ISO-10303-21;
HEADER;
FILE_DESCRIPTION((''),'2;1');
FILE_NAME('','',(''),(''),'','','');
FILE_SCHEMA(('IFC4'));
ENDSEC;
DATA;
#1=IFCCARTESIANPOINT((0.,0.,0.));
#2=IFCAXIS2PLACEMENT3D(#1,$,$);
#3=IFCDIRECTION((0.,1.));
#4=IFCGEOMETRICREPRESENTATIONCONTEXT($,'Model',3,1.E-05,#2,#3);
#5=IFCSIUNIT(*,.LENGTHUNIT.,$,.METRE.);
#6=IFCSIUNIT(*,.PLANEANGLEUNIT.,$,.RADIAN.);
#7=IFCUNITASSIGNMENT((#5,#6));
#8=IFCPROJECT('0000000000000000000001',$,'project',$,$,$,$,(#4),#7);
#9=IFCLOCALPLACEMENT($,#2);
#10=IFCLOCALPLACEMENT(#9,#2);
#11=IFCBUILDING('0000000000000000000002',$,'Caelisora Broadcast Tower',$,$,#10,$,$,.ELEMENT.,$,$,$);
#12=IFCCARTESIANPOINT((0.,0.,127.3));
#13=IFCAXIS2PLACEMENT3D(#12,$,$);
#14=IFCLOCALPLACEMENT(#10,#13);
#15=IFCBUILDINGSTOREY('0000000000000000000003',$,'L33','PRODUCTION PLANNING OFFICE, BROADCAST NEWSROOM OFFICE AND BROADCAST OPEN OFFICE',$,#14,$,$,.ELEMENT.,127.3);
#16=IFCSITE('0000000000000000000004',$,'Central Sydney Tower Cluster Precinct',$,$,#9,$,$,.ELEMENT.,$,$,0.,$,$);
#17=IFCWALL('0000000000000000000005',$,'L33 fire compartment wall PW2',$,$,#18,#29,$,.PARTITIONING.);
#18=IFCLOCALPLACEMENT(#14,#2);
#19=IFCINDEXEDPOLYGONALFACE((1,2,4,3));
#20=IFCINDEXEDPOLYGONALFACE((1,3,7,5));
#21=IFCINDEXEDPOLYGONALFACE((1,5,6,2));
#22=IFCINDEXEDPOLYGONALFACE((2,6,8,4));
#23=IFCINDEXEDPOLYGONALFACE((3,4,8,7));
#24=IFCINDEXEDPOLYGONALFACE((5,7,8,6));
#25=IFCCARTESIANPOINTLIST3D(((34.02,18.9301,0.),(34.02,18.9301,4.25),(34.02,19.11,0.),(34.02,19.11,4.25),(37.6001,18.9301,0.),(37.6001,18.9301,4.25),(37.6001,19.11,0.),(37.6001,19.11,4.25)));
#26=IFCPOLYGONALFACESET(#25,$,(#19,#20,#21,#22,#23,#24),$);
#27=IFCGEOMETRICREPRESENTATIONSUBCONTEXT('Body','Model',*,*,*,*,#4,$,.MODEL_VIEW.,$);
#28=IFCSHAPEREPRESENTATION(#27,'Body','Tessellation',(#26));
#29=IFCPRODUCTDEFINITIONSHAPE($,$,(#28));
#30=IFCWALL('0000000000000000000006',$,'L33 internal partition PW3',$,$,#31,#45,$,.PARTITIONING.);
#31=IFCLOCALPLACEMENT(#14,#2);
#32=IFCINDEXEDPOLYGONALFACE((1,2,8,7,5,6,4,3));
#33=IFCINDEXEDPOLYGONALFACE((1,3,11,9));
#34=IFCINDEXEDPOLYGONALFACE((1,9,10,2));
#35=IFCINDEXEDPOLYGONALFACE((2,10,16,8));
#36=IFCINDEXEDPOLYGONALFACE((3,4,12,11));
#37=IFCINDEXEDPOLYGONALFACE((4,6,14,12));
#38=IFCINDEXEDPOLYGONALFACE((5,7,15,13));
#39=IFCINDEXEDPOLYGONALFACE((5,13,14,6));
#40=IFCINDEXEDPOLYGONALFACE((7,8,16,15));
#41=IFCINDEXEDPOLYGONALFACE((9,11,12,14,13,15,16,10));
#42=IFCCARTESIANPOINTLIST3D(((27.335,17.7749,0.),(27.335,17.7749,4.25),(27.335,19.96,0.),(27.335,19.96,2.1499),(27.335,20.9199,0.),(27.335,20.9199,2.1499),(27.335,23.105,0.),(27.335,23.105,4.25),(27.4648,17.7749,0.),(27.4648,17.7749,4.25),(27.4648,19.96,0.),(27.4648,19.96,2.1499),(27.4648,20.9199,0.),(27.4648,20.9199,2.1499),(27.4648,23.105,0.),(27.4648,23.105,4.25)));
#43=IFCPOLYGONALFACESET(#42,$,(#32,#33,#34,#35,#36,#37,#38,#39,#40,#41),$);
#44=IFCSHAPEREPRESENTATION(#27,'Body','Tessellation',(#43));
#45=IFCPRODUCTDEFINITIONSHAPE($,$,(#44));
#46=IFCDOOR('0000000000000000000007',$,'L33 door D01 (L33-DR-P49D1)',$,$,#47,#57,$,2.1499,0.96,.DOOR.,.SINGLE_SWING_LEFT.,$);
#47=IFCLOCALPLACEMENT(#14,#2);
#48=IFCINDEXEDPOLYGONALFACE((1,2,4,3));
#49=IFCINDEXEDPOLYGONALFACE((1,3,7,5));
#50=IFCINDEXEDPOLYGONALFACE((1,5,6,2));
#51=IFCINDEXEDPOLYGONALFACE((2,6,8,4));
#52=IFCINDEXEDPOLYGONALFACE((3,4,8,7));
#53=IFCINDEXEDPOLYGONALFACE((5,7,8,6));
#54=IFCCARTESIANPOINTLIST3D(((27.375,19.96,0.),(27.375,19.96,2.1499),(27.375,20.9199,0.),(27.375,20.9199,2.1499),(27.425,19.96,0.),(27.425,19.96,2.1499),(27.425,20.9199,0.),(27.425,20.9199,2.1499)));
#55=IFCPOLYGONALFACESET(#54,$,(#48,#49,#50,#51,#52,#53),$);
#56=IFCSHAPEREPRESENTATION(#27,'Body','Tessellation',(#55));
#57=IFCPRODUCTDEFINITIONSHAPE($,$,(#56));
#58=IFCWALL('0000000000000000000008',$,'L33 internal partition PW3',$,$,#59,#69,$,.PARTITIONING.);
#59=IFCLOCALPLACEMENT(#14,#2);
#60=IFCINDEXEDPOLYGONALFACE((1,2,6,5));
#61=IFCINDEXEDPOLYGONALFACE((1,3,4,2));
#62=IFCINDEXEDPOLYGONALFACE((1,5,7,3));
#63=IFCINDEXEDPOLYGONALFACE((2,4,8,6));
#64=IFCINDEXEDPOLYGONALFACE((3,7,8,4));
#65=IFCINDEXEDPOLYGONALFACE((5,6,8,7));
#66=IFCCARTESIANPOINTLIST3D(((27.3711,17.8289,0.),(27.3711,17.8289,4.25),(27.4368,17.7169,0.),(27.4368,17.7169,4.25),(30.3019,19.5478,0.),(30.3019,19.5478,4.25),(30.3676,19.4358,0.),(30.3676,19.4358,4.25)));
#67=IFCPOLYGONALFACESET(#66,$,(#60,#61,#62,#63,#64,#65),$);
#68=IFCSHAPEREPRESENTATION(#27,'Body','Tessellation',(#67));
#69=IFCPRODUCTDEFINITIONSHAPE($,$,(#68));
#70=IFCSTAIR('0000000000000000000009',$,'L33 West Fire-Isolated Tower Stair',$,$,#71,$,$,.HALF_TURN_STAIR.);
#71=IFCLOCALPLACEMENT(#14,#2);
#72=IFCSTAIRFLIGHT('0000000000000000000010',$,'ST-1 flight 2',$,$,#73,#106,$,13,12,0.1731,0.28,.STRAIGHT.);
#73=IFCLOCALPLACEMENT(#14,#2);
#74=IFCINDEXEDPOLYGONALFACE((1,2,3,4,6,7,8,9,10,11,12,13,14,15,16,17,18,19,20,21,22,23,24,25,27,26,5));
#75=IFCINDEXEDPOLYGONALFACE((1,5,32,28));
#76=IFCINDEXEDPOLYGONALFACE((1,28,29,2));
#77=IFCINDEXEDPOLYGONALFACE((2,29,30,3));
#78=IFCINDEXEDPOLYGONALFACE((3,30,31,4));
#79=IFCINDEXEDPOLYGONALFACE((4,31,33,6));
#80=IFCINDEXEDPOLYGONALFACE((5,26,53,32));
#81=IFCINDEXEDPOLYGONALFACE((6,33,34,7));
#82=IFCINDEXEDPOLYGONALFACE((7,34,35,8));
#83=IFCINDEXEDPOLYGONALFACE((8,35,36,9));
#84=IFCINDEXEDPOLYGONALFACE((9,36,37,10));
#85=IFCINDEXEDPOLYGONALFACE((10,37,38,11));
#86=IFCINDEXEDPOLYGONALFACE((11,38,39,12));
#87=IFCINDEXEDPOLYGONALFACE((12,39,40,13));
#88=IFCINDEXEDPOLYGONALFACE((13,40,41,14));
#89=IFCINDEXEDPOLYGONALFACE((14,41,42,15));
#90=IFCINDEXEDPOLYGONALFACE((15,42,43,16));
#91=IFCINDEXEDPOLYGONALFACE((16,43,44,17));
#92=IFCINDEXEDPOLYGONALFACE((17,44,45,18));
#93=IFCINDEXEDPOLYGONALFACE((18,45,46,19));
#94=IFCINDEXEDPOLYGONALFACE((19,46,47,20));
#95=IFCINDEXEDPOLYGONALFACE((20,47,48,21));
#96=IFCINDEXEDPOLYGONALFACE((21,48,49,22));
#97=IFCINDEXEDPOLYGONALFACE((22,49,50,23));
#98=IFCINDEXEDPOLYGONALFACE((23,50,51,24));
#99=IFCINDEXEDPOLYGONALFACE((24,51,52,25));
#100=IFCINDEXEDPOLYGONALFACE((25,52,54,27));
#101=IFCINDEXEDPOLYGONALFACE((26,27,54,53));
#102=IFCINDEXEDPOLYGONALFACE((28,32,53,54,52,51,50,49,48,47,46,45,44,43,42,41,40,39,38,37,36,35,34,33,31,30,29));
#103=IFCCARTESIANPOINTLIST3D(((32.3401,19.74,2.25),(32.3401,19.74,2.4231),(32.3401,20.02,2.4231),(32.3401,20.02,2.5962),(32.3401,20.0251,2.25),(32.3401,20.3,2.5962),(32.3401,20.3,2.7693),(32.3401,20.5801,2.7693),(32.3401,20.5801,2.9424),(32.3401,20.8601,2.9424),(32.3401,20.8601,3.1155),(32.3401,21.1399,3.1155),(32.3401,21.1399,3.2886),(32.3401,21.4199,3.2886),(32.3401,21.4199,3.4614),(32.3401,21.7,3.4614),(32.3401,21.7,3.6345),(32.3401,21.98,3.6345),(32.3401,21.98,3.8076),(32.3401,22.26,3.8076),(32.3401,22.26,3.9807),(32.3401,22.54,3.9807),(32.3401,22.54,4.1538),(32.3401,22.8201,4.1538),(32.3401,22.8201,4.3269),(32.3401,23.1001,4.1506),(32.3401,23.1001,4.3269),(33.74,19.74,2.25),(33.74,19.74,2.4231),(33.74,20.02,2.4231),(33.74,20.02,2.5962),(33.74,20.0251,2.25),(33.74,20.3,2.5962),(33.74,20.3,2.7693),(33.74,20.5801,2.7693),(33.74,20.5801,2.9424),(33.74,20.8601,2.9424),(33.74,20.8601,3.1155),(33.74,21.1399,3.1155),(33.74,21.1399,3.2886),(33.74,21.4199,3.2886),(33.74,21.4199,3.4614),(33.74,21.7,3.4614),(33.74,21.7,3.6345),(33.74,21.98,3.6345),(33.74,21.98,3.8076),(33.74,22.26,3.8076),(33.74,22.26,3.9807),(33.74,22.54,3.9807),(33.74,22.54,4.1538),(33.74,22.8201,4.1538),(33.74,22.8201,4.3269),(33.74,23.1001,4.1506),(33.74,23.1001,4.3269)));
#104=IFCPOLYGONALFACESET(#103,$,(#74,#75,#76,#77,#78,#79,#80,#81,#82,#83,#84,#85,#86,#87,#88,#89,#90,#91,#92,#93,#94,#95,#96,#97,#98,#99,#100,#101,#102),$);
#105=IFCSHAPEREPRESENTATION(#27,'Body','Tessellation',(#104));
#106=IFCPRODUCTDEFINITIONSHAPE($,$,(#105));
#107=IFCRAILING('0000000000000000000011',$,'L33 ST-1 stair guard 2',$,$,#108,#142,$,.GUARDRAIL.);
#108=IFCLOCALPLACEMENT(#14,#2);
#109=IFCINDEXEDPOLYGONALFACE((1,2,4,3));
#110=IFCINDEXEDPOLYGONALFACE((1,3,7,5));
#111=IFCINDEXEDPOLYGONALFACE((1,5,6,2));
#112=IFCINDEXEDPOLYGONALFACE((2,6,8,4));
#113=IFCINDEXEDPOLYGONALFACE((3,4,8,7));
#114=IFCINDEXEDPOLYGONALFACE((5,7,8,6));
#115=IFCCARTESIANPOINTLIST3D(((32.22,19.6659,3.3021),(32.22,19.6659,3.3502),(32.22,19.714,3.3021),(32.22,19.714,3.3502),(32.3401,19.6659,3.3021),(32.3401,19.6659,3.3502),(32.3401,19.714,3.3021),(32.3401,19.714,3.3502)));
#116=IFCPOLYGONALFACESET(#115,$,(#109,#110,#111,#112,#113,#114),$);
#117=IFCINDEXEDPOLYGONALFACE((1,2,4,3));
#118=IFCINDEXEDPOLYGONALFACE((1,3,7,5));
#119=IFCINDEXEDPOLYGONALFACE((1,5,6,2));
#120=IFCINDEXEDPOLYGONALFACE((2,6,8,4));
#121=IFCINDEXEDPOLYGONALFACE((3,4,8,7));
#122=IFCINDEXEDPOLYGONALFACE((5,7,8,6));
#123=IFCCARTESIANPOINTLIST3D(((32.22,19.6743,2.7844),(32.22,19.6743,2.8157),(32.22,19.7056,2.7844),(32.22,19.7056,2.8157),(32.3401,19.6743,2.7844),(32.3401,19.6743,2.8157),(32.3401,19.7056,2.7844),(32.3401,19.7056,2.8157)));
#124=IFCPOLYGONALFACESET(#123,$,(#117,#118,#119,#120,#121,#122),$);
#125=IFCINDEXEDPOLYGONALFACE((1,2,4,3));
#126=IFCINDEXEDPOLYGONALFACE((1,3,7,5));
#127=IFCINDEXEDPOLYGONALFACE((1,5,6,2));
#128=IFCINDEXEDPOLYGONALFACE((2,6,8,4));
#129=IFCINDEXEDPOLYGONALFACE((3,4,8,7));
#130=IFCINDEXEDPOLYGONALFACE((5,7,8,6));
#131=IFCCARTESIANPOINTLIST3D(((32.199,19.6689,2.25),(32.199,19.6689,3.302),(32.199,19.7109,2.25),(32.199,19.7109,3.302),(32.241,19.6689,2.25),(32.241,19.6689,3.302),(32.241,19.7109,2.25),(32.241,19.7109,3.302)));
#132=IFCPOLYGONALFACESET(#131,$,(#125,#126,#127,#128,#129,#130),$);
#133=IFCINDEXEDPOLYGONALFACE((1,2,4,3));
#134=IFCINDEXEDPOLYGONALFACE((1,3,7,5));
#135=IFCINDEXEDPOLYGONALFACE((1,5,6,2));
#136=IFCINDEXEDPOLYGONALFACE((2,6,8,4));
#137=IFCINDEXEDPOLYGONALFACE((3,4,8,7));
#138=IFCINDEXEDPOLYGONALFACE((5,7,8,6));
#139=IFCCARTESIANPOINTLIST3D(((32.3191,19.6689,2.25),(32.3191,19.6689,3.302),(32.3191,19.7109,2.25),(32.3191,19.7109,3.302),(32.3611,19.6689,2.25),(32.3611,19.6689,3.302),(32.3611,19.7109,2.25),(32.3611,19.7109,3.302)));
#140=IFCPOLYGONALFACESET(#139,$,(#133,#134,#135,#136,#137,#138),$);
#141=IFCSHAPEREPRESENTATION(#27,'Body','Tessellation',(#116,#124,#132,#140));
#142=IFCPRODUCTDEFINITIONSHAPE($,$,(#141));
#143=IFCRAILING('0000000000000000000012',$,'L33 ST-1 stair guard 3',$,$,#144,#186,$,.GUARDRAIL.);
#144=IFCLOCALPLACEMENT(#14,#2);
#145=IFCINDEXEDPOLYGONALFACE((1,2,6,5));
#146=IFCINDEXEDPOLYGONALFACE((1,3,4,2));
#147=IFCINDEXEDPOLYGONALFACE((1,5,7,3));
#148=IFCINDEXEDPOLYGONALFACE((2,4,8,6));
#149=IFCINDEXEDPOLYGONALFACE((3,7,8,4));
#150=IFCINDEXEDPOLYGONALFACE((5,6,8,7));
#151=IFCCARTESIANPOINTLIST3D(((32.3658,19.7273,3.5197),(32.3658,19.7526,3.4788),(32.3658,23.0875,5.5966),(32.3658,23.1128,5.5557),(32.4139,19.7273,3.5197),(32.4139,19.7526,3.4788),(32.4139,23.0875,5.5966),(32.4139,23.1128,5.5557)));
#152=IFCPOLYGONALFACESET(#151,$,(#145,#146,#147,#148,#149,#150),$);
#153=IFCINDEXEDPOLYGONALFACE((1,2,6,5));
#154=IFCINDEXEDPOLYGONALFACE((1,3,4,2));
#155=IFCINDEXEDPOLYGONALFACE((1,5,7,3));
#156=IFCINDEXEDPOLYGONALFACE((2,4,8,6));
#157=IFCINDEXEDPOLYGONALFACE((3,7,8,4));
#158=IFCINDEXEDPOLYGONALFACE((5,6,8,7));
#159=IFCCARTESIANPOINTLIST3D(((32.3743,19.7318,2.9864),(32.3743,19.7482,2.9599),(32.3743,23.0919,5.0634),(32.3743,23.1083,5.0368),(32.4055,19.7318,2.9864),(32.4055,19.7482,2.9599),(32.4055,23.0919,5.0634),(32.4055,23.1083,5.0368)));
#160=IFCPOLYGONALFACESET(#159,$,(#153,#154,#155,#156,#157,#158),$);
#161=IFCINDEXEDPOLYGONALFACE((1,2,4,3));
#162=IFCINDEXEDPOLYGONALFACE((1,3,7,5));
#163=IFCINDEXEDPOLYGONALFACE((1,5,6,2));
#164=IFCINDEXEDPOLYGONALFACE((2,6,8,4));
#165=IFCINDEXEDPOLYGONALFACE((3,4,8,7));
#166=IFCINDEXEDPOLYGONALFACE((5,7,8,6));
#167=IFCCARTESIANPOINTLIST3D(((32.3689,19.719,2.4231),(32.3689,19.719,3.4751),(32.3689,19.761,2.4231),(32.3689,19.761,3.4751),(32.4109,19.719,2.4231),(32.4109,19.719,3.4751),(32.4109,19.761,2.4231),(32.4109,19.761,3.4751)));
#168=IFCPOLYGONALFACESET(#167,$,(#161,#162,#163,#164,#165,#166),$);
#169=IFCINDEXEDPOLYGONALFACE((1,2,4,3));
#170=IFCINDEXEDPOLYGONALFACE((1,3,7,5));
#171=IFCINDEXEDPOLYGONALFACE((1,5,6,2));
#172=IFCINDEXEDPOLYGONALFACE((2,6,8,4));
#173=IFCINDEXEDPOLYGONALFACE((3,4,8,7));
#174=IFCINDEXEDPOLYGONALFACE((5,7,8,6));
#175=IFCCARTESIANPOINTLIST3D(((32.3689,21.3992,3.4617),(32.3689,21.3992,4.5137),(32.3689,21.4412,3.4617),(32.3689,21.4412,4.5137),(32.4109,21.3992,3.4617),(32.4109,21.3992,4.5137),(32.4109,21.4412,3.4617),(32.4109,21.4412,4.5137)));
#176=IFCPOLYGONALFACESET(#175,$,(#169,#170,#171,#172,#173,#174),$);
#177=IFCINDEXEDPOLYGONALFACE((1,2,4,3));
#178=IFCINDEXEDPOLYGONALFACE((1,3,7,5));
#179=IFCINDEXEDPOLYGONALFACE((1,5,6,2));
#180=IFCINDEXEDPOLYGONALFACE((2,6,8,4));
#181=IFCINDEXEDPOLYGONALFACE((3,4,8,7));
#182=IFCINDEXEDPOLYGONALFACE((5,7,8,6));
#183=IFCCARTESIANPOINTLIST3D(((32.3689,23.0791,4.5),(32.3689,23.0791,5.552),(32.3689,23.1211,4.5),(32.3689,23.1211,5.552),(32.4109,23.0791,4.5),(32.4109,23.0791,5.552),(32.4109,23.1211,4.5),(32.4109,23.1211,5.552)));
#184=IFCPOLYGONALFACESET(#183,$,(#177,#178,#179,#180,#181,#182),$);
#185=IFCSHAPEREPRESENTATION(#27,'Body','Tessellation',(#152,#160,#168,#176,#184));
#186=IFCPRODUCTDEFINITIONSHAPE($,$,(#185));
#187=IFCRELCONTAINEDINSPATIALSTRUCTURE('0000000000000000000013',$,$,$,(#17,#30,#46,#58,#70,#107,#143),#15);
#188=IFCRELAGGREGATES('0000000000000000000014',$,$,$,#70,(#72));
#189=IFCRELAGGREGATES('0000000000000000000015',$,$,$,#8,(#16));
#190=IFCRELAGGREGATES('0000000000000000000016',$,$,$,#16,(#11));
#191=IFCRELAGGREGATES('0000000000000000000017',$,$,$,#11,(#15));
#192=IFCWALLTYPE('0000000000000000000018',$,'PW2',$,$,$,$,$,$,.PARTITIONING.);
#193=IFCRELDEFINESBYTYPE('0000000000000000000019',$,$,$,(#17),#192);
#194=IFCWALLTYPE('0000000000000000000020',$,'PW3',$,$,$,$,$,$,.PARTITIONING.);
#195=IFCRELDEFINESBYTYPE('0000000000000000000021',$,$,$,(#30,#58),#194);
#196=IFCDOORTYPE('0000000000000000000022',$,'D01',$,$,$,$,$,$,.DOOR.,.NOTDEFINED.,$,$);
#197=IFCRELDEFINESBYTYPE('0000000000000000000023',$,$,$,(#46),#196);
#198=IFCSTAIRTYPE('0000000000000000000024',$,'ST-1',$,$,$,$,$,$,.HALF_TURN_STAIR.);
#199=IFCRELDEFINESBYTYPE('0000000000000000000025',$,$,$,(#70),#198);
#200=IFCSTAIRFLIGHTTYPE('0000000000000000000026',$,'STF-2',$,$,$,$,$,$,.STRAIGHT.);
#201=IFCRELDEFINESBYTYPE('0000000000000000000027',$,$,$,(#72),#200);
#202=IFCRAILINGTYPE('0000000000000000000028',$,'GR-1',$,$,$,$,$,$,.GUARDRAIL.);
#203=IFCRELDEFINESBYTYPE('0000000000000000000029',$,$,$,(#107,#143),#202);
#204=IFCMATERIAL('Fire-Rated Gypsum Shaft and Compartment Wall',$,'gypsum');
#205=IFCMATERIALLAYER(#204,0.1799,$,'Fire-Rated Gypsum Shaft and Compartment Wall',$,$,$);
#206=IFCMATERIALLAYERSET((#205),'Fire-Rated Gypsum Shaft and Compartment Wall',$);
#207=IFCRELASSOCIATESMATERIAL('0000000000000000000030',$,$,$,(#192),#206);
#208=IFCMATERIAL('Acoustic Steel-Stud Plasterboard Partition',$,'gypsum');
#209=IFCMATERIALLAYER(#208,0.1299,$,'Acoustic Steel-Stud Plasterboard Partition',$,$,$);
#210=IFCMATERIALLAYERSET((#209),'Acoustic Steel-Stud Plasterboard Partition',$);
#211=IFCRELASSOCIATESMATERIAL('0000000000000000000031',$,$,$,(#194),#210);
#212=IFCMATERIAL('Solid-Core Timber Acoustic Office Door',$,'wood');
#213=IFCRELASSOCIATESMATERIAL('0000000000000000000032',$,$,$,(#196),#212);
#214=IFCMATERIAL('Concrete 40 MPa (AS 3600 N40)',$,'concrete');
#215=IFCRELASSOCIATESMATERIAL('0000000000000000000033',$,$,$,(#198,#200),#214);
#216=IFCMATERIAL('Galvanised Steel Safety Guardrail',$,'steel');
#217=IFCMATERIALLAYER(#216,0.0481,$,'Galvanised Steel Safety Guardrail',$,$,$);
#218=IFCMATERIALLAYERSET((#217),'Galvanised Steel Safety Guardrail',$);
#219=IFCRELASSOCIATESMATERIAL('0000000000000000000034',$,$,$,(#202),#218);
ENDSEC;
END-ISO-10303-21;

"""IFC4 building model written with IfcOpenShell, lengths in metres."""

from ifc_helpers import new_model, si_unit, direction, frame, frame_2d, origin, origin_2d, place, context, subcontext, project, spatial, polyline, rectangle, outline, extrude, material, layer, layer_set, type_object, element, fill, aggregate, save


model = new_model("IFC4")

# Units and contexts
model_context = context("Model", 3, precision=1e-05, world=origin(), true_north=direction((0.0, 1.0)))
body_context = subcontext(model_context, "Body", "Model", "MODEL_VIEW")
ifc_project = project(units=[si_unit("LENGTHUNIT", "METRE"), si_unit("PLANEANGLEUNIT", "RADIAN")], contexts=[model_context])

# Site, building, storey
site_placement = place(None, origin())
site = spatial("IfcSite", under=ifc_project, at=site_placement, Name="Central Sydney Tower Cluster Precinct", CompositionType="ELEMENT", RefElevation=0.0)
building_placement = place(site_placement, origin())
building = spatial("IfcBuilding", under=site, at=building_placement, Name="Caelisora Broadcast Tower", CompositionType="ELEMENT")
storey_placement = place(building_placement, frame((0.0, 0.0, 127.3)))
storey = spatial("IfcBuildingStorey", under=building, at=storey_placement, Name="L33", Description="PRODUCTION PLANNING OFFICE, BROADCAST NEWSROOM OFFICE AND BROADCAST OPEN OFFICE", CompositionType="ELEMENT", Elevation=127.3)

# Shared definitions
ifc_material_1 = material(Name="Fire-Rated Gypsum Shaft and Compartment Wall", Category="gypsum")
ifc_layer_1 = layer(ifc_material_1, 0.1799, Name="Fire-Rated Gypsum Shaft and Compartment Wall")
ifc_layer_set_1 = layer_set([ifc_layer_1], Name="Fire-Rated Gypsum Shaft and Compartment Wall")
wall_type_1 = type_object("IfcWallType", Name="PW2", PredefinedType="PARTITIONING", material=ifc_layer_set_1)

# Wall
wall_1_placement = place(storey_placement, frame((34.02, 19.02, 0.0), z_axis=(0.0, 0.0, 1.0), x_axis=(1.0, 0.0, 0.0)))
element("IfcWall", 1, at=wall_1_placement, inside=storey, type_object=wall_type_1, Name="L33 fire compartment wall PW2", PredefinedType="PARTITIONING", context=body_context, shape_type="SweptSolid", body=[
    extrude(rectangle(XDim=3.5801, YDim=0.1799, at=frame_2d((1.79, 0.0))), origin(), (0.0, 0.0, 1.0), 4.25),
])

# Wall, opening, door
ifc_material_2 = material(Name="Acoustic Steel-Stud Plasterboard Partition", Category="gypsum")
ifc_layer_2 = layer(ifc_material_2, 0.1299, Name="Acoustic Steel-Stud Plasterboard Partition")
ifc_layer_set_2 = layer_set([ifc_layer_2], Name="Acoustic Steel-Stud Plasterboard Partition")
wall_type_2 = type_object("IfcWallType", Name="PW3", PredefinedType="PARTITIONING", material=ifc_layer_set_2)
wall_2_placement = place(storey_placement, frame((27.3999, 17.7749, 0.0), z_axis=(0.0, 0.0, 1.0), x_axis=(0.0, 1.0, 0.0)))
wall_2 = element("IfcWall", 2, at=wall_2_placement, inside=storey, type_object=wall_type_2, Name="L33 internal partition PW3", PredefinedType="PARTITIONING", context=body_context, shape_type="SweptSolid", body=[
    extrude(rectangle(XDim=5.3301, YDim=0.1299, at=frame_2d((2.665, 0.0))), origin(), (0.0, 0.0, 1.0), 4.25),
])
opening_1_placement = place(wall_2_placement, frame((2.1851, 0.0, 0.0)))
opening_1 = element("IfcOpeningElement", 3, at=opening_1_placement, cuts=wall_2, PredefinedType="OPENING", context=body_context, shape_type="SweptSolid", body=[
    extrude(rectangle(XDim=0.96, YDim=2.1499, at=frame_2d((0.48, 1.075))), frame((0.0, 0.0769, 0.0), z_axis=(0.0, -1.0, 0.0), x_axis=(1.0, 0.0, 0.0)), (0.0, 0.0, 1.0), 0.1538),
])
ifc_material_3 = material(Name="Solid-Core Timber Acoustic Office Door", Category="wood")
door_type_1 = type_object("IfcDoorType", Name="D01", OperationType="NOTDEFINED", PredefinedType="DOOR", material=ifc_material_3)
door_1_placement = place(opening_1_placement, origin())
door_1 = element("IfcDoor", 4, at=door_1_placement, inside=storey, type_object=door_type_1, Name="L33 door D01 (L33-DR-P49D1)", OperationType="SINGLE_SWING_LEFT", OverallHeight=2.1499, OverallWidth=0.96, PredefinedType="DOOR", context=body_context, shape_type="SweptSolid", body=[
    extrude(rectangle(XDim=0.96, YDim=2.1499, at=frame_2d((0.48, 1.075))), frame((0.0, 0.0249, 0.0), z_axis=(0.0, -1.0, 0.0), x_axis=(1.0, 0.0, 0.0)), (0.0, 0.0, 1.0), 0.05),
])
fill(opening_1, door_1)

# Wall
wall_3_placement = place(storey_placement, frame((27.4041, 17.7729, 0.0), z_axis=(0.0, 0.0, 1.0), x_axis=(0.862586, 0.505911, 0.0)))
element("IfcWall", 5, at=wall_3_placement, inside=storey, type_object=wall_type_2, Name="L33 internal partition PW3", PredefinedType="PARTITIONING", context=body_context, shape_type="SweptSolid", body=[
    extrude(rectangle(XDim=3.3977, YDim=0.1299, at=frame_2d((1.6987, 0.0))), origin(), (0.0, 0.0, 1.0), 4.25),
])

# Stair, stair flight
ifc_material_4 = material(Name="Concrete 40 MPa (AS 3600 N40)", Category="concrete")
stair_type = type_object("IfcStairType", Name="ST-1", PredefinedType="HALF_TURN_STAIR", material=ifc_material_4)
stair_placement = place(storey_placement, origin())
stair = element("IfcStair", 6, at=stair_placement, inside=storey, type_object=stair_type, Name="L33 West Fire-Isolated Tower Stair", PredefinedType="HALF_TURN_STAIR")
stair_flight_type = type_object("IfcStairFlightType", Name="STF-2", PredefinedType="STRAIGHT", material=ifc_material_4)
stair_flight_placement = place(storey_placement, frame((33.04, 19.74, 2.25), z_axis=(0.0, 0.0, 1.0), x_axis=(0.0, 1.0, 0.0)))
stair_flight = element("IfcStairFlight", 7, at=stair_flight_placement, type_object=stair_flight_type, Name="ST-1 flight 2", NumberOfRisers=13, NumberOfTreads=12, PredefinedType="STRAIGHT", RiserHeight=0.1731, TreadLength=0.28, context=body_context, shape_type="SweptSolid", body=[
    extrude(outline(polyline([(0.0, 0.0), (0.0, 0.1731), (0.28, 0.1731), (0.28, 0.3462), (0.5601, 0.3462), (0.5601, 0.5193), (0.8401, 0.5193), (0.8401, 0.6924), (1.1201, 0.6924), (1.1201, 0.8655), (1.3999, 0.8655), (1.3999, 1.0386), (1.6799, 1.0386), (1.6799, 1.2114), (1.96, 1.2114), (1.96, 1.3845), (2.24, 1.3845), (2.24, 1.5576), (2.52, 1.5576), (2.52, 1.7307), (2.8, 1.7307), (2.8, 1.9038), (3.0801, 1.9038), (3.0801, 2.0769), (3.3601, 2.0769), (3.3601, 2.25), (3.3601, 1.9006), (0.2852, 0.0), (0.0, 0.0)])), frame((0.0, 0.7, 0.0), z_axis=(0.0, -1.0, 0.0), x_axis=(1.0, 0.0, 0.0)), (0.0, 0.0, 1.0), 1.3999),
])
aggregate(stair, [stair_flight])

# Railings
ifc_material_5 = material(Name="Galvanised Steel Safety Guardrail", Category="steel")
ifc_layer_3 = layer(ifc_material_5, 0.0481, Name="Galvanised Steel Safety Guardrail")
ifc_layer_set_3 = layer_set([ifc_layer_3], Name="Galvanised Steel Safety Guardrail")
railing_type_1 = type_object("IfcRailingType", Name="GR-1", PredefinedType="GUARDRAIL", material=ifc_layer_set_3)
railing_1_placement = place(storey_placement, frame((32.22, 19.6899, 2.25)))
element("IfcRailing", 8, at=railing_1_placement, inside=storey, type_object=railing_type_1, Name="L33 ST-1 stair guard 2", PredefinedType="GUARDRAIL", context=body_context, shape_type="SweptSolid", body=[
    extrude(rectangle(XDim=0.0481, YDim=0.0481, at=origin_2d()), frame((0.0, 0.0, 1.0762), z_axis=(1.0, 0.0, 0.0), x_axis=(0.0, 1.0, 0.0)), (0.0, 0.0, 1.0), 0.1201),
    extrude(rectangle(XDim=0.0312, YDim=0.0312, at=origin_2d()), frame((0.0, 0.0, 0.55), z_axis=(1.0, 0.0, 0.0), x_axis=(0.0, 1.0, 0.0)), (0.0, 0.0, 1.0), 0.1201),
    extrude(rectangle(XDim=0.042, YDim=0.042, at=origin_2d()), origin(), (0.0, 0.0, 1.0), 1.052),
    extrude(rectangle(XDim=0.042, YDim=0.042, at=origin_2d()), frame((0.1201, 0.0, 0.0)), (0.0, 0.0, 1.0), 1.052),
])
railing_2_placement = place(storey_placement, frame((32.3899, 19.74, 2.4231)))
element("IfcRailing", 9, at=railing_2_placement, inside=storey, type_object=railing_type_1, Name="L33 ST-1 stair guard 3", PredefinedType="GUARDRAIL", context=body_context, shape_type="SweptSolid", body=[
    extrude(rectangle(XDim=0.0481, YDim=0.0481, at=origin_2d()), frame((0.0, 0.0, 1.0762), z_axis=(0.0, 0.850623, 0.525776), x_axis=(-1.0, 0.0, 0.0)), (0.0, 0.0, 1.0), 3.9502),
    extrude(rectangle(XDim=0.0312, YDim=0.0312, at=origin_2d()), frame((0.0, 0.0, 0.55), z_axis=(0.0, 0.850623, 0.525776), x_axis=(-1.0, 0.0, 0.0)), (0.0, 0.0, 1.0), 3.9502),
    extrude(rectangle(XDim=0.042, YDim=0.042, at=origin_2d()), origin(), (0.0, 0.0, 1.0), 1.052),
    extrude(rectangle(XDim=0.042, YDim=0.042, at=origin_2d()), frame((0.0, 1.6802, 1.0386)), (0.0, 0.0, 1.0), 1.052),
    extrude(rectangle(XDim=0.042, YDim=0.042, at=origin_2d()), frame((0.0, 3.3601, 2.0769)), (0.0, 0.0, 1.0), 1.052),
])

save(model, "model.ifc")
